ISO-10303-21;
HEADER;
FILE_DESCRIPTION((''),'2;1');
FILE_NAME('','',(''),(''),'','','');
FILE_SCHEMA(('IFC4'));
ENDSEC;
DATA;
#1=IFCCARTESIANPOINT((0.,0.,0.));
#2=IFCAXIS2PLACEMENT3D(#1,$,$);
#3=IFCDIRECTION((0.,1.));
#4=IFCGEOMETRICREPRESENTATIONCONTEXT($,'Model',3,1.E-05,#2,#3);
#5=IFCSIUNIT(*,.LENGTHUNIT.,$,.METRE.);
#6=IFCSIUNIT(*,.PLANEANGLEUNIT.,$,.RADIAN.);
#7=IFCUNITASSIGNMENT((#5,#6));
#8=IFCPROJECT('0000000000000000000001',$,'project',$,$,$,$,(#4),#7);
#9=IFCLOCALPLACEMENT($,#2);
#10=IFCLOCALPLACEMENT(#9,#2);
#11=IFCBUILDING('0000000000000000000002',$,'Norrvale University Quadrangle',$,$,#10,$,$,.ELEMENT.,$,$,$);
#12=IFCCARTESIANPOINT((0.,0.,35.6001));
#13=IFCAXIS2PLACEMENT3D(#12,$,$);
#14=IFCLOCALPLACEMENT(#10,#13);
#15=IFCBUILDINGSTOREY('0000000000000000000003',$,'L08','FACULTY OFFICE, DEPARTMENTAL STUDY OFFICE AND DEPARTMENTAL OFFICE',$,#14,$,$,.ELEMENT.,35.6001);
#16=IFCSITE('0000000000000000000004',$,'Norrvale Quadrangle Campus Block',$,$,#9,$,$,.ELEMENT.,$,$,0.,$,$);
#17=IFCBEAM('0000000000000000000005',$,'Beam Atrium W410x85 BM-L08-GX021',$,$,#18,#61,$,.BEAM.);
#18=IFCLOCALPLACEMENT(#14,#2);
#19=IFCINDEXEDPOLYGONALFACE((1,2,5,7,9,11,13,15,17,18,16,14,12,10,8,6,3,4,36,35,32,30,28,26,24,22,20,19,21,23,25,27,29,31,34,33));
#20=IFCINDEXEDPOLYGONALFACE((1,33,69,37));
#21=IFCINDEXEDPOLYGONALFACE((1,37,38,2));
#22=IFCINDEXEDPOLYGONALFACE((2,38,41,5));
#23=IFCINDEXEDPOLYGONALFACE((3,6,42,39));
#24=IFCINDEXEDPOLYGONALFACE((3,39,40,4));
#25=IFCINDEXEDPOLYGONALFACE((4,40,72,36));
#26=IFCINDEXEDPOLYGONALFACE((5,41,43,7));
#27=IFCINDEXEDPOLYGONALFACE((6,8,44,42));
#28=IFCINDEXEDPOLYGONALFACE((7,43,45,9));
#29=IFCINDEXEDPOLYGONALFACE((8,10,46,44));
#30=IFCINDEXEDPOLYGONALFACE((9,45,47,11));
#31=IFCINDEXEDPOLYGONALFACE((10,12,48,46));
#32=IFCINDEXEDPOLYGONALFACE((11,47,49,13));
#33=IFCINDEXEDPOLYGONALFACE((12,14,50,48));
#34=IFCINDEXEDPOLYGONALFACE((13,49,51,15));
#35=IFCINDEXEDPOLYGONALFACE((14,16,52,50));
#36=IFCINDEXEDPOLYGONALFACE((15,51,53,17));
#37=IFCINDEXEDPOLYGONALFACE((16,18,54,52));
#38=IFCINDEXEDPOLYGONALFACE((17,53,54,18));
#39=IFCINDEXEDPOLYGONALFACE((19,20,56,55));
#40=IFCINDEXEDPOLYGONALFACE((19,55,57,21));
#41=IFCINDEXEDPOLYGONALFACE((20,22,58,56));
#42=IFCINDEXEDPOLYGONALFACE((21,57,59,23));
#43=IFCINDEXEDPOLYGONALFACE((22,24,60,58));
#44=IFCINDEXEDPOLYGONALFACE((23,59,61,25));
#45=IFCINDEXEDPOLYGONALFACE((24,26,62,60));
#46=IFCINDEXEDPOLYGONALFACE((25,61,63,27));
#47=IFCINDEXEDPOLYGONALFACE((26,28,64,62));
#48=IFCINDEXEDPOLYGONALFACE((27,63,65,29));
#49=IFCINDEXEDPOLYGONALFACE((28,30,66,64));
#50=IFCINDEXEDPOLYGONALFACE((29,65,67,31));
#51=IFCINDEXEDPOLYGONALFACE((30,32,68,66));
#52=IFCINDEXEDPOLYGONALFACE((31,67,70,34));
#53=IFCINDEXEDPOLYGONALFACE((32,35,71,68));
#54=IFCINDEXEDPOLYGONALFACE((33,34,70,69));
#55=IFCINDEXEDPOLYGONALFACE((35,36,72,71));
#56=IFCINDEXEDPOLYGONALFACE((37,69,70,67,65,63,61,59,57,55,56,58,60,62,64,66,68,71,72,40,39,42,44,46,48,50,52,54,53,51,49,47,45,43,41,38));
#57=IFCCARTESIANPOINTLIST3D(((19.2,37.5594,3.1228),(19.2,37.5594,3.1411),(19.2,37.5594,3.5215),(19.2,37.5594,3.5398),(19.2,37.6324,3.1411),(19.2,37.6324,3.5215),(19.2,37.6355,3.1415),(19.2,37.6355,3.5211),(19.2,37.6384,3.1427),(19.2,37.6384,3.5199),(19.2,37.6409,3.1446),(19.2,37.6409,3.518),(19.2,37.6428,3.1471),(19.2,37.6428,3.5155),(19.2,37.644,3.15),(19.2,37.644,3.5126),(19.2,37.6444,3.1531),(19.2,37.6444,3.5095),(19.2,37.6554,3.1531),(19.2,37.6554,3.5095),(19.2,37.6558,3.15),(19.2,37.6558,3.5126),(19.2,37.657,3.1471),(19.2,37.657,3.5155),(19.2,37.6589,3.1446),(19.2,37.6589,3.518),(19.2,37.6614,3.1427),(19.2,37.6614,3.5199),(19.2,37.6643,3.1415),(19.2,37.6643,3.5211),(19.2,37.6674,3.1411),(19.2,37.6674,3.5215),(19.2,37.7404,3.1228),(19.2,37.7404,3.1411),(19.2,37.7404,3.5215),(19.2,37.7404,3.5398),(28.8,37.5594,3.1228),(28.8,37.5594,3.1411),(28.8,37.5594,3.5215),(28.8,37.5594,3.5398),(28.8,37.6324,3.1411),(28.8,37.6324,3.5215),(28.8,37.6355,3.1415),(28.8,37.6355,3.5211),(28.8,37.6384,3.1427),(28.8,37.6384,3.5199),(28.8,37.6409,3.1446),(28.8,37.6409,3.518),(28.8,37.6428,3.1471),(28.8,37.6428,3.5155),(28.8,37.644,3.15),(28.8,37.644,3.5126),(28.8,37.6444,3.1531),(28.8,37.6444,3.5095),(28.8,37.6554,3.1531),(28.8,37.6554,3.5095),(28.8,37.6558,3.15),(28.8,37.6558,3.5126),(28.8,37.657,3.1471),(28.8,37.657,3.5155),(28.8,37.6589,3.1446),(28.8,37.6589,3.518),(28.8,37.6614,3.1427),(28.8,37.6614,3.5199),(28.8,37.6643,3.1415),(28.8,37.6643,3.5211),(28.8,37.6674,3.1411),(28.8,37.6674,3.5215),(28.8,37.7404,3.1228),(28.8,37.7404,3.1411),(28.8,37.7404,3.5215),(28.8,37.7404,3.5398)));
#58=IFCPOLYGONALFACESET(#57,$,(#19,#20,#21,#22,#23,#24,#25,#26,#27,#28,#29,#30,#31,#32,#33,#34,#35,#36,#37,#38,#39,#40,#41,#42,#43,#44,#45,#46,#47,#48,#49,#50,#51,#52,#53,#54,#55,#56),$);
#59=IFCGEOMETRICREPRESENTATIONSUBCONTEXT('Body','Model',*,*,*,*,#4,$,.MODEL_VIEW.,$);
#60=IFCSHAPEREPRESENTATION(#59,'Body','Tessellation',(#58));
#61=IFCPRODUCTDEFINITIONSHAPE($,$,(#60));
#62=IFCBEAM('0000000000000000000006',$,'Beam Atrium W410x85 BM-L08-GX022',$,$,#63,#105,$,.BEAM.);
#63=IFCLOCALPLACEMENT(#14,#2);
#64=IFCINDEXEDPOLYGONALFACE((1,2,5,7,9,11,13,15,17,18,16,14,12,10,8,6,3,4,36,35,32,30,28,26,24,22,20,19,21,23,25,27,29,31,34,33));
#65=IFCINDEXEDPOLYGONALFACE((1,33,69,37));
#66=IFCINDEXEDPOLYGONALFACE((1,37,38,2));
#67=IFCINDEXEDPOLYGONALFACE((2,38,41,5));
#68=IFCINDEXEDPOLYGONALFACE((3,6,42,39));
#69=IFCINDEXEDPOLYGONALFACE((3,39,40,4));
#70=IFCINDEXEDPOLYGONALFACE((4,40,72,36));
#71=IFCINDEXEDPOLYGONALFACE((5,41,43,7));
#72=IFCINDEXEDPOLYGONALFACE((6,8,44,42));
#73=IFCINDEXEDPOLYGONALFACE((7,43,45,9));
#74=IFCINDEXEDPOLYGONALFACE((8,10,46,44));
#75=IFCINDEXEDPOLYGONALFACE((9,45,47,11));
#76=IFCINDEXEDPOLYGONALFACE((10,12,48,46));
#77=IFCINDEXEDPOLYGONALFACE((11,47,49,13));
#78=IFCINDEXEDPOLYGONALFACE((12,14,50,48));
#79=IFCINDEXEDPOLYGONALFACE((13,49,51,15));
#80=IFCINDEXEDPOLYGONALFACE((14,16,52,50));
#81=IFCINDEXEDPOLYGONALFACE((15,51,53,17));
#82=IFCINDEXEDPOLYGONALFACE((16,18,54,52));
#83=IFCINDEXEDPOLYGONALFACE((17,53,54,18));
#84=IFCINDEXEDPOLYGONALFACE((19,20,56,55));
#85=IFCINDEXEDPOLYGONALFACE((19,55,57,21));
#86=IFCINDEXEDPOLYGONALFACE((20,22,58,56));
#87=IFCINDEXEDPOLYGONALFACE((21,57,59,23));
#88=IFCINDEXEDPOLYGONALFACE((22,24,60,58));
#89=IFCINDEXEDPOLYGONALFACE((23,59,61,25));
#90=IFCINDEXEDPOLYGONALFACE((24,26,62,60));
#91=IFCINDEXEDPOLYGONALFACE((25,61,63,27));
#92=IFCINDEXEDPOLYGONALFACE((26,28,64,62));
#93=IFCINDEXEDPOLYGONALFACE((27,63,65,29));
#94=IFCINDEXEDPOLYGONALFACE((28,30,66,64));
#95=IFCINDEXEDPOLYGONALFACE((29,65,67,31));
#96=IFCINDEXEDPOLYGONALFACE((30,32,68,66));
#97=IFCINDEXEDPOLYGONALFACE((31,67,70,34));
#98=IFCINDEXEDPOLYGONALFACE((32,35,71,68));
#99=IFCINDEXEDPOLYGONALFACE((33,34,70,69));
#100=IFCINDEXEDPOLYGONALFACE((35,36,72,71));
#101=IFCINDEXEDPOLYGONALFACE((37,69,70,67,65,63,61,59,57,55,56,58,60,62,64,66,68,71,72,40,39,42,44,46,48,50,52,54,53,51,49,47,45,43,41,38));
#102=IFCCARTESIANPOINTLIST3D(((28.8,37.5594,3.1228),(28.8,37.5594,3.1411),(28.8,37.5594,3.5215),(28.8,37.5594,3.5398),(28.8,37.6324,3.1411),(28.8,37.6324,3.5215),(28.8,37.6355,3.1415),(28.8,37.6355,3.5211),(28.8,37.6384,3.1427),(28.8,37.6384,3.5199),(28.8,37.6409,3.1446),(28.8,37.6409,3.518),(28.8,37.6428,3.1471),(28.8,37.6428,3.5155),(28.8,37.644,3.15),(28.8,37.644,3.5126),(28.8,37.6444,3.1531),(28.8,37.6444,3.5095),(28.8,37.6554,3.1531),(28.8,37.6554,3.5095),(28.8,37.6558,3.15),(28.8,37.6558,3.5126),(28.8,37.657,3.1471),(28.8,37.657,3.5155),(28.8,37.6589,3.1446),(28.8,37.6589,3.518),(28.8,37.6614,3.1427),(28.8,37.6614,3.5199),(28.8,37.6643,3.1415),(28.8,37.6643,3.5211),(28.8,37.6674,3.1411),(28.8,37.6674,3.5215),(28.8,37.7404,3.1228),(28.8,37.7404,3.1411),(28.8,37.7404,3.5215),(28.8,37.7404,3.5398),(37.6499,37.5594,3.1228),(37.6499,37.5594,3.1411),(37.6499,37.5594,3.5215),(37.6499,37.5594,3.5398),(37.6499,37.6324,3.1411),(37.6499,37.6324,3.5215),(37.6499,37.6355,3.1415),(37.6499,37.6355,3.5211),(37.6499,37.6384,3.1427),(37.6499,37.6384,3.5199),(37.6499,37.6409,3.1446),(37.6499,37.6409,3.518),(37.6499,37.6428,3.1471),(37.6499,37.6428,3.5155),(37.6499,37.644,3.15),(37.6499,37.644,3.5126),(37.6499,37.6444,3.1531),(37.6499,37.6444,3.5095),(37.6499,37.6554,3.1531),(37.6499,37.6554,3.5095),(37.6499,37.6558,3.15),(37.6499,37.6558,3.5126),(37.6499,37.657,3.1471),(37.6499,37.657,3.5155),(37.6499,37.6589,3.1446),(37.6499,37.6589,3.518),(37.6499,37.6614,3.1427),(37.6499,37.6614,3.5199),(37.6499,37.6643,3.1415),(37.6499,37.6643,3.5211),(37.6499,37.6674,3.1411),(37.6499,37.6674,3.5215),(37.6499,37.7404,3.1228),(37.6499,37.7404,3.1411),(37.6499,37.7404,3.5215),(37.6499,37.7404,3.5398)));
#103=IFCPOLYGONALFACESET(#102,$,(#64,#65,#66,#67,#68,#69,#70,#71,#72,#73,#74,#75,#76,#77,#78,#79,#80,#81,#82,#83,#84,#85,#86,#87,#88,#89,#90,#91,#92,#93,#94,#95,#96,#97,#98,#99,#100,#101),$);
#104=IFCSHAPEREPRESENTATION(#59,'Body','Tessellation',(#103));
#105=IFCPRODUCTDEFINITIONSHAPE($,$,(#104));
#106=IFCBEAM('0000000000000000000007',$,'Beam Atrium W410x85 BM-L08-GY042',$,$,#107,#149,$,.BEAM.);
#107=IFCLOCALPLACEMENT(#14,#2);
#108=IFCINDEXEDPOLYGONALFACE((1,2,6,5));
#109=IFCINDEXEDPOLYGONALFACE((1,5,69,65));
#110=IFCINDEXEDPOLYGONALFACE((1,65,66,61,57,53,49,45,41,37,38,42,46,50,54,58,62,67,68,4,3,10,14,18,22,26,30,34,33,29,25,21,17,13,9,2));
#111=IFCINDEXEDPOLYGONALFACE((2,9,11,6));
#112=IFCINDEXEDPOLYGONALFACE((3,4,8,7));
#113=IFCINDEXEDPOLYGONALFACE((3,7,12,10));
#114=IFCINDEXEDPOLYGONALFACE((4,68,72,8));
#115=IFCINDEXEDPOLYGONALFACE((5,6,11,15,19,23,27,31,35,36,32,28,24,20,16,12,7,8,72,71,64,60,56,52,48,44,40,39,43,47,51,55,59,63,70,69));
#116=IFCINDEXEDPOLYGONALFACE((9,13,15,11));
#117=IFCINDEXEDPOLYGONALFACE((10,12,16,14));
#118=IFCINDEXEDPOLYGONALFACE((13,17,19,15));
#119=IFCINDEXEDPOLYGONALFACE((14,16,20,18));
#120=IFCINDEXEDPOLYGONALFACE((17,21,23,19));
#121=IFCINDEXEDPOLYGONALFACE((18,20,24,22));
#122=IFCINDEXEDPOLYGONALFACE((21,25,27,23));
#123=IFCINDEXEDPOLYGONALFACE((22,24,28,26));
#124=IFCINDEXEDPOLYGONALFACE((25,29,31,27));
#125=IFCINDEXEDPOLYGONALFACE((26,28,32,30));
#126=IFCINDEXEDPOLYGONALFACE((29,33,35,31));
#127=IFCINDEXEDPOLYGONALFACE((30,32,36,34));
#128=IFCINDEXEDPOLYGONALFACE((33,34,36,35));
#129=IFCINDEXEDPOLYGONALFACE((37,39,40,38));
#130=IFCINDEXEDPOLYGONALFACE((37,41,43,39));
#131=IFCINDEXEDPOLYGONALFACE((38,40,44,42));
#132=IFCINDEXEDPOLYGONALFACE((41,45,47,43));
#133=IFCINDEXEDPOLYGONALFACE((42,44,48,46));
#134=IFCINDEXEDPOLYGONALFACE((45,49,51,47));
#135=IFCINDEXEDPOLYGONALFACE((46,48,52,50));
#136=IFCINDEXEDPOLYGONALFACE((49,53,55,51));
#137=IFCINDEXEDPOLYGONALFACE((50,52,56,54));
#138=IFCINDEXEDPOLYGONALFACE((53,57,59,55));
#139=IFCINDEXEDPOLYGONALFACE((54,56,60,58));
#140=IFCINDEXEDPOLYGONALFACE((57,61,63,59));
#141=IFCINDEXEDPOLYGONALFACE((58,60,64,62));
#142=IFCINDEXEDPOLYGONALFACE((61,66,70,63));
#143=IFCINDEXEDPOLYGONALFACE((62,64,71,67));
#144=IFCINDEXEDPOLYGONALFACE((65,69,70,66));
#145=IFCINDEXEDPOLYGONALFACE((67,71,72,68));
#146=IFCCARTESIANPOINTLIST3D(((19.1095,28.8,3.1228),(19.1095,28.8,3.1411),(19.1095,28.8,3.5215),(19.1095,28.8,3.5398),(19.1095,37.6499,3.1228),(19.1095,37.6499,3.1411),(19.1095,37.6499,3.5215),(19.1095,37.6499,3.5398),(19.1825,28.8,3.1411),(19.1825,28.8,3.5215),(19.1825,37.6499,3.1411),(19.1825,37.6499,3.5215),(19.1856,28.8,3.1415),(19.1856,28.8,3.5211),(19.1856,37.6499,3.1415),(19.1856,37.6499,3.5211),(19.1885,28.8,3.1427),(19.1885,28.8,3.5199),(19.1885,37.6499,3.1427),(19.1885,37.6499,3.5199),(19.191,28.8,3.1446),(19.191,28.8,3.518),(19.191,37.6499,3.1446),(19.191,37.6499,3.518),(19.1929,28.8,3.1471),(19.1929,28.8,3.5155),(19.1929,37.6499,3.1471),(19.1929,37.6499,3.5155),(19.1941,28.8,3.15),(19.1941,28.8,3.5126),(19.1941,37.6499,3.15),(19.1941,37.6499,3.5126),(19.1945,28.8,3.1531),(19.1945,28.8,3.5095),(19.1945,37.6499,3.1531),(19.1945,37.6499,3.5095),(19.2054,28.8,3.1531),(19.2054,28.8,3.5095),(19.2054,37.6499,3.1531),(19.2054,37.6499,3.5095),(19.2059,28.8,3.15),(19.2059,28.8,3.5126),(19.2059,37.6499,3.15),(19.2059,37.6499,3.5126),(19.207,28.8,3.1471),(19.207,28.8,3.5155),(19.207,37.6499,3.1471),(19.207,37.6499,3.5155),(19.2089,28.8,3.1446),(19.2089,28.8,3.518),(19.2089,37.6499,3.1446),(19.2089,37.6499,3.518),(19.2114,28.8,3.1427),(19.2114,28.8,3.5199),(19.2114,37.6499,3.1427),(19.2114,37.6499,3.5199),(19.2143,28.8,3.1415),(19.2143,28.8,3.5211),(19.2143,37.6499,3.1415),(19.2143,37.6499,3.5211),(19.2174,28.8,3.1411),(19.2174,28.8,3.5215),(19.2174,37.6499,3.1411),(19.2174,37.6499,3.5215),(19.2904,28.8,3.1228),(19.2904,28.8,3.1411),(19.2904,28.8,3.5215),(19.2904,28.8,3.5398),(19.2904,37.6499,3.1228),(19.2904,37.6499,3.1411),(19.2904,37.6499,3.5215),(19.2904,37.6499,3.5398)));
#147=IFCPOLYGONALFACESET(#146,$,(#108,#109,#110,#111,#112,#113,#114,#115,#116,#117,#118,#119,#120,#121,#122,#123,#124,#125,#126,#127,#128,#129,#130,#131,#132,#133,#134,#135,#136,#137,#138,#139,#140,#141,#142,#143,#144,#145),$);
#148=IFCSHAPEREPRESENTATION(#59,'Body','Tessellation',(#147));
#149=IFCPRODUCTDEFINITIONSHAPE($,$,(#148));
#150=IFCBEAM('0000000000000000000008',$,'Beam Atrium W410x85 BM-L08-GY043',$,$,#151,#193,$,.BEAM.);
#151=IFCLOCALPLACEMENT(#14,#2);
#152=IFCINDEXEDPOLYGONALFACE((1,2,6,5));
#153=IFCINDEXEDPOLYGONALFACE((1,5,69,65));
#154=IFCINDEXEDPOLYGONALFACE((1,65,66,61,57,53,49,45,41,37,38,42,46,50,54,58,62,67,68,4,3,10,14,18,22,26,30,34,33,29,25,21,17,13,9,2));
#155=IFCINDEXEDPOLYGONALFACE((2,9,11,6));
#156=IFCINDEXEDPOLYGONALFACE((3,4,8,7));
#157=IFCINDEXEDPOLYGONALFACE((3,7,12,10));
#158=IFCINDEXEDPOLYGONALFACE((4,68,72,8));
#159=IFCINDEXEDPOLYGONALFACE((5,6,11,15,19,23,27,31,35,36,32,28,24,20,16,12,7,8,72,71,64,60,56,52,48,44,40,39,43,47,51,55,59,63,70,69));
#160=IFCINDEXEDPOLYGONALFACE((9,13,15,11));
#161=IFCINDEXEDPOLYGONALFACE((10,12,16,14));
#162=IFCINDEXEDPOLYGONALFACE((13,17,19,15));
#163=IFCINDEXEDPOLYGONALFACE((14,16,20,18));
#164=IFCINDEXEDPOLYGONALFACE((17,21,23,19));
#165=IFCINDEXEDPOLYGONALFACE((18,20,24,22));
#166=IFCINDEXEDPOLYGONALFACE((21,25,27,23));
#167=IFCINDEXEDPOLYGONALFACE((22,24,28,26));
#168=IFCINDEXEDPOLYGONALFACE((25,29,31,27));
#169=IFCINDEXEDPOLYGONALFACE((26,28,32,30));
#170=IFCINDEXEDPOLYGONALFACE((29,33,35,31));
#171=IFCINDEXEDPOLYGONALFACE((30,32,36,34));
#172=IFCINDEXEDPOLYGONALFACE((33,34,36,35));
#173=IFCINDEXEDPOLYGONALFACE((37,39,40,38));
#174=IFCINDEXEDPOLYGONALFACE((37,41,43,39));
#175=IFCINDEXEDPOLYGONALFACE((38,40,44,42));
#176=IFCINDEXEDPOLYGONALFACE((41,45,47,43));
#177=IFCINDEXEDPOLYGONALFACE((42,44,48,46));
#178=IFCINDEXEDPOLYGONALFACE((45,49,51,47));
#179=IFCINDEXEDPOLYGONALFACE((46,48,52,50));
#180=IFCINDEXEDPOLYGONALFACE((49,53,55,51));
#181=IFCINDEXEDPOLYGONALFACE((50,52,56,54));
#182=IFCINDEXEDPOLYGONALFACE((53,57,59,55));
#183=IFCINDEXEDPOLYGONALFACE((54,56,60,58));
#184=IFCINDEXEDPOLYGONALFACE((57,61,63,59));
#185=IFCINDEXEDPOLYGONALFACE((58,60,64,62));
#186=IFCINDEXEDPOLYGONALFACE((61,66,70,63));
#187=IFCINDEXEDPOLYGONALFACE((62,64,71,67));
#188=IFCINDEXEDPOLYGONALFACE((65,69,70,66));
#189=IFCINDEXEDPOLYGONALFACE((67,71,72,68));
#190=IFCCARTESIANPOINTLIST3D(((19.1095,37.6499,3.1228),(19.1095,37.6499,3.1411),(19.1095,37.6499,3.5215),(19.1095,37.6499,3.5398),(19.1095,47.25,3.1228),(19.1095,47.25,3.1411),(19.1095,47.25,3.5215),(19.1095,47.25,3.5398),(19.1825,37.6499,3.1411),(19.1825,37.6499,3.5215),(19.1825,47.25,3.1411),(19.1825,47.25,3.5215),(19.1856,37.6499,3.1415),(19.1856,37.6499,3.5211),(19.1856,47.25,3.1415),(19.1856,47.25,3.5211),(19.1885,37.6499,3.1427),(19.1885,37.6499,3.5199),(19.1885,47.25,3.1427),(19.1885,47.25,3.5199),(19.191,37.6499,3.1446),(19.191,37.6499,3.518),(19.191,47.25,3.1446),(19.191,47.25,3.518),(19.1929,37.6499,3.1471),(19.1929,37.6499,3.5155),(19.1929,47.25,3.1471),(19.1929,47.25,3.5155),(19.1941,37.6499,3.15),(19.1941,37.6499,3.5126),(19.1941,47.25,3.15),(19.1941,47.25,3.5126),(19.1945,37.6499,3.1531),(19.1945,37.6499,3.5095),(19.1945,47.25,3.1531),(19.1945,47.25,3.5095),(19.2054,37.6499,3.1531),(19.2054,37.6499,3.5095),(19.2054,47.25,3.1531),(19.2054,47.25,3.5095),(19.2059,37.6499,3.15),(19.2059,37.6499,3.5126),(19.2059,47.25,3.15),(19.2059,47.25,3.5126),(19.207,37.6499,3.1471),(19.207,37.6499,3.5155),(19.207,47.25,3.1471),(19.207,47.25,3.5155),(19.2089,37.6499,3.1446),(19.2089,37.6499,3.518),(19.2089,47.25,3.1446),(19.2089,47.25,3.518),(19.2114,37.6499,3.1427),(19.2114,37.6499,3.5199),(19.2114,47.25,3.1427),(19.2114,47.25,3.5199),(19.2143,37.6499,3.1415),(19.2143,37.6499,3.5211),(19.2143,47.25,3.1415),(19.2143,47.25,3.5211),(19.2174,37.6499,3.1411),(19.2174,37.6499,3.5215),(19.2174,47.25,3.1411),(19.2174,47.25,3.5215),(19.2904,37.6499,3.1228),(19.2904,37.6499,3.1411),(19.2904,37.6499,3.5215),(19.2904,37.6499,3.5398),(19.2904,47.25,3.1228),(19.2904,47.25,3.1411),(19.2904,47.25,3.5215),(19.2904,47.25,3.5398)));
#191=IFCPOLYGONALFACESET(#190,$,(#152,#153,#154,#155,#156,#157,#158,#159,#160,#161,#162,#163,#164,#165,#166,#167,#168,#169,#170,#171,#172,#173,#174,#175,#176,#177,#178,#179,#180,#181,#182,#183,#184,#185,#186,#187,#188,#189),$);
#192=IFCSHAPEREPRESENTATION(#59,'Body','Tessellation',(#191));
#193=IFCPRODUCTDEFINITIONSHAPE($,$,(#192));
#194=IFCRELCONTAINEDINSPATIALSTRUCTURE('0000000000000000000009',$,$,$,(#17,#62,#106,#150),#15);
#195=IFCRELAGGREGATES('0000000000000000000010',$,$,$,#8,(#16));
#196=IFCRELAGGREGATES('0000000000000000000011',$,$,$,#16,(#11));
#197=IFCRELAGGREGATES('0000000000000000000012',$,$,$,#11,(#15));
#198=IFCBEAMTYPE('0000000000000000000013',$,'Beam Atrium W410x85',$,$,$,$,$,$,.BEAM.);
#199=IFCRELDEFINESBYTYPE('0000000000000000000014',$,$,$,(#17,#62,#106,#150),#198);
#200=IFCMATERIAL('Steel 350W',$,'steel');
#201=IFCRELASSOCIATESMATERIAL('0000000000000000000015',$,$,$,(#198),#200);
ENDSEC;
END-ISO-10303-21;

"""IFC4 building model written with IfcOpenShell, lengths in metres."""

from ifc_helpers import new_model, si_unit, direction, frame, origin, origin_2d, place, context, subcontext, project, spatial, i_section, extrude, material, material_profile, profile_set, type_object, element, save


model = new_model("IFC4")

# Units and contexts
model_context = context("Model", 3, precision=1e-05, world=origin(), true_north=direction((0.0, 1.0)))
body_context = subcontext(model_context, "Body", "Model", "MODEL_VIEW")
ifc_project = project(units=[si_unit("LENGTHUNIT", "METRE"), si_unit("PLANEANGLEUNIT", "RADIAN")], contexts=[model_context])

# Site, building, storey
site_placement = place(None, origin())
site = spatial("IfcSite", under=ifc_project, at=site_placement, Name="Norrvale Quadrangle Campus Block", CompositionType="ELEMENT", RefElevation=0.0)
building_placement = place(site_placement, origin())
building = spatial("IfcBuilding", under=site, at=building_placement, Name="Norrvale University Quadrangle", CompositionType="ELEMENT")
storey_placement = place(building_placement, frame((0.0, 0.0, 35.6001)))
storey = spatial("IfcBuildingStorey", under=building, at=storey_placement, Name="L08", Description="FACULTY OFFICE, DEPARTMENTAL STUDY OFFICE AND DEPARTMENTAL OFFICE", CompositionType="ELEMENT", Elevation=35.6001)

# Beams
ifc_material_1 = material(Name="Steel 350W", Category="steel")
ifc_material_profile_1 = material_profile(ifc_material_1, i_section(OverallWidth=0.1809, OverallDepth=0.417, WebThickness=0.011, FlangeThickness=0.0183, FilletRadius=0.012, at=origin_2d()), Name="Steel 350W")
ifc_profile_set_1 = profile_set([ifc_material_profile_1], Name="Steel 350W")
beam_type_1 = type_object("IfcBeamType", Name="Beam Atrium W410x85", PredefinedType="BEAM", material=ifc_profile_set_1)
beam_1_placement = place(storey_placement, frame((19.2, 37.6499, 3.3313), z_axis=(1.0, 0.0, 0.0), x_axis=(0.0, 1.0, 0.0)))
element("IfcBeam", 1, at=beam_1_placement, inside=storey, type_object=beam_type_1, Name="Beam Atrium W410x85 BM-L08-GX021", PredefinedType="BEAM", context=body_context, shape_type="SweptSolid", body=[
    extrude(i_section(OverallWidth=0.1809, OverallDepth=0.417, WebThickness=0.011, FlangeThickness=0.0183, FilletRadius=0.012, at=origin_2d()), origin(), (0.0, 0.0, 1.0), 9.6001),
])
for number, where, z_axis, x_axis, name in (
    (2, (28.8, 37.6499, 3.3313), (1.0, 0.0, 0.0), (0.0, 1.0, 0.0), "Beam Atrium W410x85 BM-L08-GX022"),
    (3, (19.2, 28.8, 3.3313), (0.0, 1.0, 0.0), (-1.0, 0.0, 0.0), "Beam Atrium W410x85 BM-L08-GY042"),
):
    element("IfcBeam", number, at=place(storey_placement, frame(where, z_axis=z_axis, x_axis=x_axis)), inside=storey, type_object=beam_type_1, Name=name, PredefinedType="BEAM", context=body_context, shape_type="SweptSolid", body=[
        extrude(i_section(OverallWidth=0.1809, OverallDepth=0.417, WebThickness=0.011, FlangeThickness=0.0183, FilletRadius=0.012, at=origin_2d()), origin(), (0.0, 0.0, 1.0), 8.8499),
    ])
beam_2_placement = place(storey_placement, frame((19.2, 37.6499, 3.3313), z_axis=(0.0, 1.0, 0.0), x_axis=(-1.0, 0.0, 0.0)))
element("IfcBeam", 4, at=beam_2_placement, inside=storey, type_object=beam_type_1, Name="Beam Atrium W410x85 BM-L08-GY043", PredefinedType="BEAM", context=body_context, shape_type="SweptSolid", body=[
    extrude(i_section(OverallWidth=0.1809, OverallDepth=0.417, WebThickness=0.011, FlangeThickness=0.0183, FilletRadius=0.012, at=origin_2d()), origin(), (0.0, 0.0, 1.0), 9.6001),
])

save(model, "model.ifc")
